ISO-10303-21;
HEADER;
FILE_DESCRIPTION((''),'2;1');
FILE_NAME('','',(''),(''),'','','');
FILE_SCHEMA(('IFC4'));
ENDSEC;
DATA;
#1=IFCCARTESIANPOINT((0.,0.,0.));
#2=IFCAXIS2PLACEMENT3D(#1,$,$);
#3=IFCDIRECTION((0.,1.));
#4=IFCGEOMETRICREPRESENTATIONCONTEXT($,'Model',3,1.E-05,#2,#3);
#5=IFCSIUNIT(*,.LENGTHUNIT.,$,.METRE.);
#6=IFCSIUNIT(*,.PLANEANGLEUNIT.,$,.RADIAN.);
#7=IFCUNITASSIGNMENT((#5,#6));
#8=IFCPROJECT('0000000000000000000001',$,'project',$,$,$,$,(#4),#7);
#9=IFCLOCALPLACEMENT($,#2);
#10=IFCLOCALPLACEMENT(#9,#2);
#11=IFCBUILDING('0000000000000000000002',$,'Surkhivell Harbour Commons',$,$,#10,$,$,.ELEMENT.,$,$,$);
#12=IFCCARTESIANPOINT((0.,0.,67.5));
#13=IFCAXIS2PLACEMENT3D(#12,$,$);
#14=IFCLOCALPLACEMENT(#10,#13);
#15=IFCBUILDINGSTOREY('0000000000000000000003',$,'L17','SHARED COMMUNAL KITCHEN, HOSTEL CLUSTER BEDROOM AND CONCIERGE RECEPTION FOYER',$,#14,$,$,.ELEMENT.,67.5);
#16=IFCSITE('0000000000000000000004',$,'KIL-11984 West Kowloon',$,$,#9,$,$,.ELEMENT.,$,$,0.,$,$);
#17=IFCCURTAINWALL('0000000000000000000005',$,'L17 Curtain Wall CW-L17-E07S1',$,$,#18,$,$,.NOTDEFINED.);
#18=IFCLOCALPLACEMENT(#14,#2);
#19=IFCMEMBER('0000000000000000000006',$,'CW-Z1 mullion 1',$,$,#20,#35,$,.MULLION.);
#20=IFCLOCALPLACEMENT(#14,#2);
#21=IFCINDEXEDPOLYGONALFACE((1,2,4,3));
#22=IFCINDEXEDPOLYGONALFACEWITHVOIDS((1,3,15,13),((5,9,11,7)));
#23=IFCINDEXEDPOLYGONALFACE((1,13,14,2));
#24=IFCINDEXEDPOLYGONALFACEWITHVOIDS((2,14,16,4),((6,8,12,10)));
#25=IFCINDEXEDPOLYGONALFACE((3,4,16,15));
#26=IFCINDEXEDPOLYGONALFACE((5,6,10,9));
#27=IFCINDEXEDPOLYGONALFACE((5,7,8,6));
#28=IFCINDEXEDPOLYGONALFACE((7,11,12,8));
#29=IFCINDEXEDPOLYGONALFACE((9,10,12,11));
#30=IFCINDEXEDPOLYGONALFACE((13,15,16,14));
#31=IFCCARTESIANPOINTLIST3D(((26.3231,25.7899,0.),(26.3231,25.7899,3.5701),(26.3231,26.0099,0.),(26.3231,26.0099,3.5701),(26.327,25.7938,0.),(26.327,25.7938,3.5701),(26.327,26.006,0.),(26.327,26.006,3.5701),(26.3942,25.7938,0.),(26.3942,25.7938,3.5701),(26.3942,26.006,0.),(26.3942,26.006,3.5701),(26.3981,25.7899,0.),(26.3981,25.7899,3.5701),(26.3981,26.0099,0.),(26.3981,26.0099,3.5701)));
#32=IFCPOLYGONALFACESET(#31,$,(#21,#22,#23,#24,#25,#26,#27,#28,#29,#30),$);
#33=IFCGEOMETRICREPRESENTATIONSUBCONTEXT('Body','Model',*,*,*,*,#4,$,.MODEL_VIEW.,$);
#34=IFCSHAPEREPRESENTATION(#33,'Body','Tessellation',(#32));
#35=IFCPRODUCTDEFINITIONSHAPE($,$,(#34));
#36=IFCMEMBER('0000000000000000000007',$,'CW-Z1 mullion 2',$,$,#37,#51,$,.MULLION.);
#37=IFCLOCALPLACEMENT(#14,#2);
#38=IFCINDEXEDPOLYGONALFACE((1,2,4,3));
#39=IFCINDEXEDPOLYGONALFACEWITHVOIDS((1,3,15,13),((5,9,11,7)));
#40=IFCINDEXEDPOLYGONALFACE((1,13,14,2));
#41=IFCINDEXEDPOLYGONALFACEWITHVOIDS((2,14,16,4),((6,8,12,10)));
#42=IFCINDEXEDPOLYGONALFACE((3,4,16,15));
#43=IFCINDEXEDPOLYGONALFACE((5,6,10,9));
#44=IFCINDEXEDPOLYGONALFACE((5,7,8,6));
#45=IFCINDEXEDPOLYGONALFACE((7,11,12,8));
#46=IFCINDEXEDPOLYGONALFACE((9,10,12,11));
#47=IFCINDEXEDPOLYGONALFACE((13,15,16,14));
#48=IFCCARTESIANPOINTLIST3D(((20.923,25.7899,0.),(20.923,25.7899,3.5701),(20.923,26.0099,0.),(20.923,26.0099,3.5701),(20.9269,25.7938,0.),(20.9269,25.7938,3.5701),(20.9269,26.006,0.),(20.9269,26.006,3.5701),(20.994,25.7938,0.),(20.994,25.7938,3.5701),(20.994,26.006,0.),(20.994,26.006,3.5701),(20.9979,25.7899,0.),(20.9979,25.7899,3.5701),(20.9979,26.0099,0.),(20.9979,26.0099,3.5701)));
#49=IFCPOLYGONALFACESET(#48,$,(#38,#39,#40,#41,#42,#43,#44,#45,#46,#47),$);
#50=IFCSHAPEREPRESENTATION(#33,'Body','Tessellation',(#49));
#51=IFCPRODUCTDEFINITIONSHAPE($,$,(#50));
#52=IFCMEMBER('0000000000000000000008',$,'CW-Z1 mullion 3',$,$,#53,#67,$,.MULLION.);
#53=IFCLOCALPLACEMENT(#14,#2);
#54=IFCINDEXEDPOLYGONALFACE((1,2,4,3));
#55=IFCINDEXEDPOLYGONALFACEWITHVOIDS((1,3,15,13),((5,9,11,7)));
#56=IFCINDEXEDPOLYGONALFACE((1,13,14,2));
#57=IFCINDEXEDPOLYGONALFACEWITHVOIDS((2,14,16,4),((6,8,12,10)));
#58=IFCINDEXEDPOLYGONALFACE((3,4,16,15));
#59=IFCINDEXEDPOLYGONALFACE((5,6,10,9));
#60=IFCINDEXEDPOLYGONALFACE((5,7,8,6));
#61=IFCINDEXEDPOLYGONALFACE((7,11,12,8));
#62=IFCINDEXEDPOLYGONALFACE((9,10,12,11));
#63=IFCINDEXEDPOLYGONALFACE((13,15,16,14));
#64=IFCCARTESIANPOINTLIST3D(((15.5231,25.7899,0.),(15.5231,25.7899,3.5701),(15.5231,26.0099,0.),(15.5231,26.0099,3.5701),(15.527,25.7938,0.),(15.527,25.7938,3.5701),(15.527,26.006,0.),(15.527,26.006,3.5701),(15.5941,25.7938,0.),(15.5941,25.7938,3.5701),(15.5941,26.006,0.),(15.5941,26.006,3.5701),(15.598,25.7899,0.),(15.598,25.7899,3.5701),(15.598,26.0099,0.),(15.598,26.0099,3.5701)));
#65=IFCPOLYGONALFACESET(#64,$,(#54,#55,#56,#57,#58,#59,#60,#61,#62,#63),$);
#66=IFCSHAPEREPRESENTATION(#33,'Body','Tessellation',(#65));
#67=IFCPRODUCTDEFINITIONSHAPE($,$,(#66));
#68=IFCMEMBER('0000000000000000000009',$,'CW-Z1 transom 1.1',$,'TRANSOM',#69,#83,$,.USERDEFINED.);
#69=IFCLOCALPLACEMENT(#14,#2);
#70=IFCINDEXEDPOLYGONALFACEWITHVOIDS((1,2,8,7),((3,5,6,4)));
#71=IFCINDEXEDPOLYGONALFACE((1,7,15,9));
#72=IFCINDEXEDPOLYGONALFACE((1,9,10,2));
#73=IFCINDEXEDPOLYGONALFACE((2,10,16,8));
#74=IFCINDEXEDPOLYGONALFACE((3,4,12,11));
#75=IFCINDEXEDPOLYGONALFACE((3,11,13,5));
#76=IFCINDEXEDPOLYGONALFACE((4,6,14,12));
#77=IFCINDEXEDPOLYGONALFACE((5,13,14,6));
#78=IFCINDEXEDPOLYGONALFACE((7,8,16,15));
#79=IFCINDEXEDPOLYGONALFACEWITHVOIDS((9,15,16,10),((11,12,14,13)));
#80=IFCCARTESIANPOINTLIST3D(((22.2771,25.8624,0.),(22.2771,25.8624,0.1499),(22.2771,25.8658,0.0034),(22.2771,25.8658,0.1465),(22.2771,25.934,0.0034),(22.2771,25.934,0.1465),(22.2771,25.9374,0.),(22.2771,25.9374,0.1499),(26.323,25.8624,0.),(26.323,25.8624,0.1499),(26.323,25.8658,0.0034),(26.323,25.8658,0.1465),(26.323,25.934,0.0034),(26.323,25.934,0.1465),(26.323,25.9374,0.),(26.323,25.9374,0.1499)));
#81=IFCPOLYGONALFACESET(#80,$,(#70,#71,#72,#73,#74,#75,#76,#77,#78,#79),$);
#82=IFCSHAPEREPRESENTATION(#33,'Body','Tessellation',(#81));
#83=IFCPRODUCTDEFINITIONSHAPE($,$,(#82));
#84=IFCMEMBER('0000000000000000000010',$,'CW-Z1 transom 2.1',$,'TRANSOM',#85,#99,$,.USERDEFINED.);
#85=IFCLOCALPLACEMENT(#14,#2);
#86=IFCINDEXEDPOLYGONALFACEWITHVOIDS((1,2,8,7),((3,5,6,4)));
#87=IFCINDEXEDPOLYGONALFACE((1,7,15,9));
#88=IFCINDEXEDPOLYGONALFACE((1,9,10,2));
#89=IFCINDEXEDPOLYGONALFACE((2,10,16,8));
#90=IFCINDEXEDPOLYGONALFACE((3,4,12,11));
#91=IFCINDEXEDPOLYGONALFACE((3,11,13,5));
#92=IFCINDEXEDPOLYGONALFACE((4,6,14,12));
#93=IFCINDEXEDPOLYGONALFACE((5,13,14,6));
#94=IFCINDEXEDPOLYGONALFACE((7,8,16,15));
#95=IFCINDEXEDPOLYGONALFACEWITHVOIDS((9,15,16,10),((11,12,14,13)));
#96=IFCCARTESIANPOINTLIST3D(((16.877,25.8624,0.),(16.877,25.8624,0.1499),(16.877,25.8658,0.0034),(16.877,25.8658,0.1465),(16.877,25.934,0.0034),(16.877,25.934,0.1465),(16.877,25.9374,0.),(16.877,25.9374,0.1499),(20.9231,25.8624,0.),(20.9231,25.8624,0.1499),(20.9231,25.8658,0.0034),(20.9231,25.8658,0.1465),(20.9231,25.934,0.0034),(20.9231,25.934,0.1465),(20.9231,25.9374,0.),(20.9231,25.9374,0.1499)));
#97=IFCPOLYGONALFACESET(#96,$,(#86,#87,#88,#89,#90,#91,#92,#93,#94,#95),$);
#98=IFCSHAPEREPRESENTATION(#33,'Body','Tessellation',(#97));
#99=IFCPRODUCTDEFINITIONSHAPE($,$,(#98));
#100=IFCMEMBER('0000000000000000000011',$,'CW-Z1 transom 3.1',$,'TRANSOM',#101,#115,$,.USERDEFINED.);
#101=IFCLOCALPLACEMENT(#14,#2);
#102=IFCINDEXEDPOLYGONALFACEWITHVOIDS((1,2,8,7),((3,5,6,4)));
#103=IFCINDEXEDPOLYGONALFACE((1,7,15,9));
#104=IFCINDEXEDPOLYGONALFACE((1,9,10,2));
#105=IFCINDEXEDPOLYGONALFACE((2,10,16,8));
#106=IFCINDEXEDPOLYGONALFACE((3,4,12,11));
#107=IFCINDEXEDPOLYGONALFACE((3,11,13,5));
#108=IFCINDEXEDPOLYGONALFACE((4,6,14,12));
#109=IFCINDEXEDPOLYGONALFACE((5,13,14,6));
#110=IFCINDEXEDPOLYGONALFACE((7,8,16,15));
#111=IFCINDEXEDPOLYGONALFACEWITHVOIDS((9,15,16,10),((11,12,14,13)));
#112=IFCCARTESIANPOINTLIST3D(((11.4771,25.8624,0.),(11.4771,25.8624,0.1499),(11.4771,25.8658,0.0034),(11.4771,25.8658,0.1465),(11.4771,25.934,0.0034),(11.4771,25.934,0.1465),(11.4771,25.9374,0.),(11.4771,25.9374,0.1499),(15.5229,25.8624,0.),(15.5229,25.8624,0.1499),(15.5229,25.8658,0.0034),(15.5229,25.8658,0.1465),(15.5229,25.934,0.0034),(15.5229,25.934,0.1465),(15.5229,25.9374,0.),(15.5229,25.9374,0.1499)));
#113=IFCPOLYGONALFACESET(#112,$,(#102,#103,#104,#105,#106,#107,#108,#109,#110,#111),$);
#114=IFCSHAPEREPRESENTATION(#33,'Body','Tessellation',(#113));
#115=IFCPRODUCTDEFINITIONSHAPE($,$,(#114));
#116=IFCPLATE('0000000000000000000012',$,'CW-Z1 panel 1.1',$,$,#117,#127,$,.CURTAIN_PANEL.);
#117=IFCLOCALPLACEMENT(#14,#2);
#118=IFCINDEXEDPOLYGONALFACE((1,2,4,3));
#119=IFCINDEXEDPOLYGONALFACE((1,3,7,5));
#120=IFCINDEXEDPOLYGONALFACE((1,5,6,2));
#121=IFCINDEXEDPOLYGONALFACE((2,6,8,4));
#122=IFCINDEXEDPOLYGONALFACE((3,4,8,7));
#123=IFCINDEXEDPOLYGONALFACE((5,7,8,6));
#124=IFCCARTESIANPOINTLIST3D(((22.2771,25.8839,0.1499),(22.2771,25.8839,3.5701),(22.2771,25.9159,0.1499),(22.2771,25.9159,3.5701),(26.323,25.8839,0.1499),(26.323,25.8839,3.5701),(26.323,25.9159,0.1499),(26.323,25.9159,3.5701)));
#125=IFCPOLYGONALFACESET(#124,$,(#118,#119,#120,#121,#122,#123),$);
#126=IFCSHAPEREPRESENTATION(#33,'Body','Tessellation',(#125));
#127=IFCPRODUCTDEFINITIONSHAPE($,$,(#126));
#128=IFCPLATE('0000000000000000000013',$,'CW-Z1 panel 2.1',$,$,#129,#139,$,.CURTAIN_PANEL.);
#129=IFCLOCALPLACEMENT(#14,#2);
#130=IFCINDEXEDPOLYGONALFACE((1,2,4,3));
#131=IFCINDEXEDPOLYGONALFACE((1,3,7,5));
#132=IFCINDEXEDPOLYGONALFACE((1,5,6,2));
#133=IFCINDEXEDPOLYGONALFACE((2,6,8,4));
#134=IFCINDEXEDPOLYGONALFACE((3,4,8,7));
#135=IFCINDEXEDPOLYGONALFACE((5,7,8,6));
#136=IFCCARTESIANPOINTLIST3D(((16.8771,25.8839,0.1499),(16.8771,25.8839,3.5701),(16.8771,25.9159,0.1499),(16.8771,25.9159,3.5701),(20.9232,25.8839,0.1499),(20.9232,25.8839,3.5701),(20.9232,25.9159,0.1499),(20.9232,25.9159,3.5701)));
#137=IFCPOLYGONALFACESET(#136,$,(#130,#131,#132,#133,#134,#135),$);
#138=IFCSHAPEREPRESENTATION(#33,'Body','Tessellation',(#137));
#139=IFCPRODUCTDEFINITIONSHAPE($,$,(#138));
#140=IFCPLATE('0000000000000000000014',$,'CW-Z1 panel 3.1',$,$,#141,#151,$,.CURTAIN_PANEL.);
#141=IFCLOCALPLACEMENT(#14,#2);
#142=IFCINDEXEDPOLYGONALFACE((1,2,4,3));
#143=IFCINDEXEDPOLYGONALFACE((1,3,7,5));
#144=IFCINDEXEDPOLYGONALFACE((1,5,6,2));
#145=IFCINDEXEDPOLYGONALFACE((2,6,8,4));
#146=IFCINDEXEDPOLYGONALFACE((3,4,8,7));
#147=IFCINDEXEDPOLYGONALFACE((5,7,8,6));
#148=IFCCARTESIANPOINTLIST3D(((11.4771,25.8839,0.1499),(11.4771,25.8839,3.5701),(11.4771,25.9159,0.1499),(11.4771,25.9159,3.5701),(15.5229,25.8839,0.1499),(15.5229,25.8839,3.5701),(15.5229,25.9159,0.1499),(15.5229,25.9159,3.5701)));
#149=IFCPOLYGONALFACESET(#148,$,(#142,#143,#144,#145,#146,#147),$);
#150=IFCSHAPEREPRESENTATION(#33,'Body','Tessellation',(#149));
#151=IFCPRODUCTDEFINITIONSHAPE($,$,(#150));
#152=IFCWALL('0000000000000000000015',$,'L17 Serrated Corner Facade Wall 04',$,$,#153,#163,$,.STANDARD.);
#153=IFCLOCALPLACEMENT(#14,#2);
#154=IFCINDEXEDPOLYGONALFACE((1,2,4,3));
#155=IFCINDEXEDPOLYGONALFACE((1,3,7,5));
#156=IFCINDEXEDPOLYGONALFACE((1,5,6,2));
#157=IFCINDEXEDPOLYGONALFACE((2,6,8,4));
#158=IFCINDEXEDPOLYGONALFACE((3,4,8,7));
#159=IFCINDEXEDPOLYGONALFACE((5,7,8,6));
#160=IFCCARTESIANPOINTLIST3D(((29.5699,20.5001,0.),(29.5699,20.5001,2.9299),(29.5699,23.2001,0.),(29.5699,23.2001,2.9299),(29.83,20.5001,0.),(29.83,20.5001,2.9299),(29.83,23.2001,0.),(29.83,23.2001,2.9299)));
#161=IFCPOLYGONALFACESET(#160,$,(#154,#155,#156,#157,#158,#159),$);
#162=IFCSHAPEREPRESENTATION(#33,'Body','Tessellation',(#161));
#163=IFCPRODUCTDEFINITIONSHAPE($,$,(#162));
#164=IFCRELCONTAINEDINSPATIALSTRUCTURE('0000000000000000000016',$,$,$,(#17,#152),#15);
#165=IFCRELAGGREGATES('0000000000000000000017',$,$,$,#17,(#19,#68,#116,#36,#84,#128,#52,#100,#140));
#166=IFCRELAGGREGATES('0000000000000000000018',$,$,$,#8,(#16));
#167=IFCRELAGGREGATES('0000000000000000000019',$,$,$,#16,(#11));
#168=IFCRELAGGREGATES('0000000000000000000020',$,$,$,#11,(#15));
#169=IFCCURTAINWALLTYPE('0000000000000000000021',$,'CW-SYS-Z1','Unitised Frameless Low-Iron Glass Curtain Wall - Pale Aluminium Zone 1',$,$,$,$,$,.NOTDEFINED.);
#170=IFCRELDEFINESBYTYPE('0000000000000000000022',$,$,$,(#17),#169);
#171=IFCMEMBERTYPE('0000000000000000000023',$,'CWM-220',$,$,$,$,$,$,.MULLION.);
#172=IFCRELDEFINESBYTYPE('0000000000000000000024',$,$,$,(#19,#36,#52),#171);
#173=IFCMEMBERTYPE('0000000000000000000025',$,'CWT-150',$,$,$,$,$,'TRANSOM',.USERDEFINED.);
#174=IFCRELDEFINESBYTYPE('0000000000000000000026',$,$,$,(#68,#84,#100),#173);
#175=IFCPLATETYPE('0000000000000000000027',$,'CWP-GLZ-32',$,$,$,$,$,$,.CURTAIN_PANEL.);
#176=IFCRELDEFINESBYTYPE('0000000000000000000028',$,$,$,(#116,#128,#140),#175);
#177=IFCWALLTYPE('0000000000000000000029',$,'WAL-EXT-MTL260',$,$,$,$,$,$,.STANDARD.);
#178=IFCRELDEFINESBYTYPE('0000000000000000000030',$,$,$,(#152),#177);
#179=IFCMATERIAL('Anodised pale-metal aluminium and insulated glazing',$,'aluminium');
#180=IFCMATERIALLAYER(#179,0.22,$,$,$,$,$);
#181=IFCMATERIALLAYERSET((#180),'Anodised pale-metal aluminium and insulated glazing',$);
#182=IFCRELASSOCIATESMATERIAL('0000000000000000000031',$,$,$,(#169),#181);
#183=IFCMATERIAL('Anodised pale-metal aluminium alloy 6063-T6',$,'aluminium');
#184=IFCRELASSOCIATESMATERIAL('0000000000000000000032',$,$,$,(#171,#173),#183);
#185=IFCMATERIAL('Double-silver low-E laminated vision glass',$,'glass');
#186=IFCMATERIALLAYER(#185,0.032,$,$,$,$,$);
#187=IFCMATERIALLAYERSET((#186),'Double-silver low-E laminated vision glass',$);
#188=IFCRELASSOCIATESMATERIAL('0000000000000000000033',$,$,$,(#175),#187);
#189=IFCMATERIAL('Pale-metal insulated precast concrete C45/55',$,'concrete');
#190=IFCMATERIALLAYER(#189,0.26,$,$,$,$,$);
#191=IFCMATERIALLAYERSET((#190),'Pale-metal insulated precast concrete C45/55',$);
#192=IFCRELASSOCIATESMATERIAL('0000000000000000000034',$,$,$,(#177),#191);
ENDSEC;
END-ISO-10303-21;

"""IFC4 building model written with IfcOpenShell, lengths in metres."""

from ifc_helpers import new_model, si_unit, direction, frame, frame_2d, origin, origin_2d, place, context, subcontext, project, spatial, rectangle, hollow_rectangle, extrude, material, layer, layer_set, material_profile, profile_set, type_object, element, aggregate, save


model = new_model("IFC4")

# Units and contexts
model_context = context("Model", 3, precision=1e-05, world=origin(), true_north=direction((0.0, 1.0)))
body_context = subcontext(model_context, "Body", "Model", "MODEL_VIEW")
ifc_project = project(units=[si_unit("LENGTHUNIT", "METRE"), si_unit("PLANEANGLEUNIT", "RADIAN")], contexts=[model_context])

# Site, building, storey
site_placement = place(None, origin())
site = spatial("IfcSite", under=ifc_project, at=site_placement, Name="KIL-11984 West Kowloon", CompositionType="ELEMENT", RefElevation=0.0)
building_placement = place(site_placement, origin())
building = spatial("IfcBuilding", under=site, at=building_placement, Name="Surkhivell Harbour Commons", CompositionType="ELEMENT")
storey_placement = place(building_placement, frame((0.0, 0.0, 67.5)))
storey = spatial("IfcBuildingStorey", under=building, at=storey_placement, Name="L17", Description="SHARED COMMUNAL KITCHEN, HOSTEL CLUSTER BEDROOM AND CONCIERGE RECEPTION FOYER", CompositionType="ELEMENT", Elevation=67.5)

# Curtain wall, members, plates
ifc_material_1 = material(Name="Anodised pale-metal aluminium and insulated glazing", Category="aluminium")
ifc_layer_1 = layer(ifc_material_1, 0.22)
ifc_layer_set_1 = layer_set([ifc_layer_1], Name="Anodised pale-metal aluminium and insulated glazing")
curtain_wall_type = type_object("IfcCurtainWallType", Name="CW-SYS-Z1", Description="Unitised Frameless Low-Iron Glass Curtain Wall - Pale Aluminium Zone 1", PredefinedType="NOTDEFINED", material=ifc_layer_set_1)
curtain_wall_placement = place(storey_placement, origin())
curtain_wall = element("IfcCurtainWall", 1, at=curtain_wall_placement, inside=storey, type_object=curtain_wall_type, Name="L17 Curtain Wall CW-L17-E07S1", PredefinedType="NOTDEFINED")
ifc_material_2 = material(Name="Anodised pale-metal aluminium alloy 6063-T6", Category="aluminium")
ifc_material_profile_1 = material_profile(ifc_material_2, hollow_rectangle(XDim=0.075, YDim=0.22, WallThickness=0.0039, at=origin_2d()), Name="ALU-MULL-75x220")
ifc_profile_set_1 = profile_set([ifc_material_profile_1], Name="Anodised pale-metal aluminium alloy 6063-T6")
member_type_1 = type_object("IfcMemberType", Name="CWM-220", PredefinedType="MULLION", material=ifc_profile_set_1)
member_1_placement = place(storey_placement, frame((26.3606, 25.8999, 0.0), z_axis=(0.0, 0.0, 1.0), x_axis=(-1.0, 0.0, 0.0)))
member_1 = element("IfcMember", 2, at=member_1_placement, type_object=member_type_1, Name="CW-Z1 mullion 1", PredefinedType="MULLION", context=body_context, shape_type="SweptSolid", body=[
    extrude(hollow_rectangle(XDim=0.075, YDim=0.22, WallThickness=0.0039, at=origin_2d()), origin(), (0.0, 0.0, 1.0), 3.5701),
])
member_2_placement = place(storey_placement, frame((20.9604, 25.8999, 0.0), z_axis=(0.0, 0.0, 1.0), x_axis=(-1.0, 0.0, 0.0)))
member_2 = element("IfcMember", 3, at=member_2_placement, type_object=member_type_1, Name="CW-Z1 mullion 2", PredefinedType="MULLION", context=body_context, shape_type="SweptSolid", body=[
    extrude(hollow_rectangle(XDim=0.075, YDim=0.22, WallThickness=0.0039, at=origin_2d()), origin(), (0.0, 0.0, 1.0), 3.5701),
])
member_3_placement = place(storey_placement, frame((15.5605, 25.8999, 0.0), z_axis=(0.0, 0.0, 1.0), x_axis=(-1.0, 0.0, 0.0)))
member_3 = element("IfcMember", 4, at=member_3_placement, type_object=member_type_1, Name="CW-Z1 mullion 3", PredefinedType="MULLION", context=body_context, shape_type="SweptSolid", body=[
    extrude(hollow_rectangle(XDim=0.075, YDim=0.22, WallThickness=0.0039, at=origin_2d()), origin(), (0.0, 0.0, 1.0), 3.5701),
])
ifc_material_profile_2 = material_profile(ifc_material_2, hollow_rectangle(XDim=0.075, YDim=0.1499, WallThickness=0.0034, at=origin_2d()), Name="ALU-TRAN-75x150")
ifc_profile_set_2 = profile_set([ifc_material_profile_2], Name="Anodised pale-metal aluminium alloy 6063-T6")
member_type_2 = type_object("IfcMemberType", Name="CWT-150", ElementType="TRANSOM", PredefinedType="USERDEFINED", material=ifc_profile_set_2)
member_4_placement = place(storey_placement, frame((26.323, 25.8999, 0.075), z_axis=(-1.0, 0.0, 0.0), x_axis=(0.0, -1.0, 0.0)))
member_4 = element("IfcMember", 5, at=member_4_placement, type_object=member_type_2, Name="CW-Z1 transom 1.1", ObjectType="TRANSOM", PredefinedType="USERDEFINED", context=body_context, shape_type="SweptSolid", body=[
    extrude(hollow_rectangle(XDim=0.075, YDim=0.1499, WallThickness=0.0034, at=origin_2d()), origin(), (0.0, 0.0, 1.0), 4.0459),
])
member_5_placement = place(storey_placement, frame((20.9231, 25.8999, 0.075), z_axis=(-1.0, 0.0, 0.0), x_axis=(0.0, -1.0, 0.0)))
member_5 = element("IfcMember", 6, at=member_5_placement, type_object=member_type_2, Name="CW-Z1 transom 2.1", ObjectType="TRANSOM", PredefinedType="USERDEFINED", context=body_context, shape_type="SweptSolid", body=[
    extrude(hollow_rectangle(XDim=0.075, YDim=0.1499, WallThickness=0.0034, at=origin_2d()), origin(), (0.0, 0.0, 1.0), 4.0461),
])
member_6_placement = place(storey_placement, frame((15.5229, 25.8999, 0.075), z_axis=(-1.0, 0.0, 0.0), x_axis=(0.0, -1.0, 0.0)))
member_6 = element("IfcMember", 7, at=member_6_placement, type_object=member_type_2, Name="CW-Z1 transom 3.1", ObjectType="TRANSOM", PredefinedType="USERDEFINED", context=body_context, shape_type="SweptSolid", body=[
    extrude(hollow_rectangle(XDim=0.075, YDim=0.1499, WallThickness=0.0034, at=origin_2d()), origin(), (0.0, 0.0, 1.0), 4.0459),
])
ifc_material_3 = material(Name="Double-silver low-E laminated vision glass", Category="glass")
ifc_layer_2 = layer(ifc_material_3, 0.032)
ifc_layer_set_2 = layer_set([ifc_layer_2], Name="Double-silver low-E laminated vision glass")
plate_type = type_object("IfcPlateType", Name="CWP-GLZ-32", PredefinedType="CURTAIN_PANEL", material=ifc_layer_set_2)
plate_1_placement = place(storey_placement, frame((26.323, 25.8999, 0.1499), z_axis=(0.0, 0.0, 1.0), x_axis=(-1.0, 0.0, 0.0)))
plate_1 = element("IfcPlate", 8, at=plate_1_placement, type_object=plate_type, Name="CW-Z1 panel 1.1", PredefinedType="CURTAIN_PANEL", context=body_context, shape_type="SweptSolid", body=[
    extrude(rectangle(XDim=4.0459, YDim=0.032, at=frame_2d((2.0229, 0.0))), origin(), (0.0, 0.0, 1.0), 3.4202),
])
plate_2_placement = place(storey_placement, frame((20.9231, 25.8999, 0.1499), z_axis=(0.0, 0.0, 1.0), x_axis=(-1.0, 0.0, 0.0)))
plate_2 = element("IfcPlate", 9, at=plate_2_placement, type_object=plate_type, Name="CW-Z1 panel 2.1", PredefinedType="CURTAIN_PANEL", context=body_context, shape_type="SweptSolid", body=[
    extrude(rectangle(XDim=4.0461, YDim=0.032, at=frame_2d((2.0229, 0.0))), origin(), (0.0, 0.0, 1.0), 3.4202),
])
plate_3_placement = place(storey_placement, frame((15.5229, 25.8999, 0.1499), z_axis=(0.0, 0.0, 1.0), x_axis=(-1.0, 0.0, 0.0)))
plate_3 = element("IfcPlate", 10, at=plate_3_placement, type_object=plate_type, Name="CW-Z1 panel 3.1", PredefinedType="CURTAIN_PANEL", context=body_context, shape_type="SweptSolid", body=[
    extrude(rectangle(XDim=4.0459, YDim=0.032, at=frame_2d((2.0229, 0.0))), origin(), (0.0, 0.0, 1.0), 3.4202),
])
aggregate(curtain_wall, [member_1, member_4, plate_1, member_2, member_5, plate_2, member_3, member_6, plate_3])

# Wall
ifc_material_4 = material(Name="Pale-metal insulated precast concrete C45/55", Category="concrete")
ifc_layer_3 = layer(ifc_material_4, 0.26)
ifc_layer_set_3 = layer_set([ifc_layer_3], Name="Pale-metal insulated precast concrete C45/55")
wall_type_1 = type_object("IfcWallType", Name="WAL-EXT-MTL260", PredefinedType="STANDARD", material=ifc_layer_set_3)
wall_1_placement = place(storey_placement, frame((29.7, 20.5, 0.0), z_axis=(0.0, 0.0, 1.0), x_axis=(0.0, 1.0, 0.0)))
element("IfcWall", 11, at=wall_1_placement, inside=storey, type_object=wall_type_1, Name="L17 Serrated Corner Facade Wall 04", PredefinedType="STANDARD", context=body_context, shape_type="SweptSolid", body=[
    extrude(rectangle(XDim=2.7, YDim=0.26, at=frame_2d((1.3501, 0.0))), origin(), (0.0, 0.0, 1.0), 2.9299),
])

save(model, "model.ifc")
